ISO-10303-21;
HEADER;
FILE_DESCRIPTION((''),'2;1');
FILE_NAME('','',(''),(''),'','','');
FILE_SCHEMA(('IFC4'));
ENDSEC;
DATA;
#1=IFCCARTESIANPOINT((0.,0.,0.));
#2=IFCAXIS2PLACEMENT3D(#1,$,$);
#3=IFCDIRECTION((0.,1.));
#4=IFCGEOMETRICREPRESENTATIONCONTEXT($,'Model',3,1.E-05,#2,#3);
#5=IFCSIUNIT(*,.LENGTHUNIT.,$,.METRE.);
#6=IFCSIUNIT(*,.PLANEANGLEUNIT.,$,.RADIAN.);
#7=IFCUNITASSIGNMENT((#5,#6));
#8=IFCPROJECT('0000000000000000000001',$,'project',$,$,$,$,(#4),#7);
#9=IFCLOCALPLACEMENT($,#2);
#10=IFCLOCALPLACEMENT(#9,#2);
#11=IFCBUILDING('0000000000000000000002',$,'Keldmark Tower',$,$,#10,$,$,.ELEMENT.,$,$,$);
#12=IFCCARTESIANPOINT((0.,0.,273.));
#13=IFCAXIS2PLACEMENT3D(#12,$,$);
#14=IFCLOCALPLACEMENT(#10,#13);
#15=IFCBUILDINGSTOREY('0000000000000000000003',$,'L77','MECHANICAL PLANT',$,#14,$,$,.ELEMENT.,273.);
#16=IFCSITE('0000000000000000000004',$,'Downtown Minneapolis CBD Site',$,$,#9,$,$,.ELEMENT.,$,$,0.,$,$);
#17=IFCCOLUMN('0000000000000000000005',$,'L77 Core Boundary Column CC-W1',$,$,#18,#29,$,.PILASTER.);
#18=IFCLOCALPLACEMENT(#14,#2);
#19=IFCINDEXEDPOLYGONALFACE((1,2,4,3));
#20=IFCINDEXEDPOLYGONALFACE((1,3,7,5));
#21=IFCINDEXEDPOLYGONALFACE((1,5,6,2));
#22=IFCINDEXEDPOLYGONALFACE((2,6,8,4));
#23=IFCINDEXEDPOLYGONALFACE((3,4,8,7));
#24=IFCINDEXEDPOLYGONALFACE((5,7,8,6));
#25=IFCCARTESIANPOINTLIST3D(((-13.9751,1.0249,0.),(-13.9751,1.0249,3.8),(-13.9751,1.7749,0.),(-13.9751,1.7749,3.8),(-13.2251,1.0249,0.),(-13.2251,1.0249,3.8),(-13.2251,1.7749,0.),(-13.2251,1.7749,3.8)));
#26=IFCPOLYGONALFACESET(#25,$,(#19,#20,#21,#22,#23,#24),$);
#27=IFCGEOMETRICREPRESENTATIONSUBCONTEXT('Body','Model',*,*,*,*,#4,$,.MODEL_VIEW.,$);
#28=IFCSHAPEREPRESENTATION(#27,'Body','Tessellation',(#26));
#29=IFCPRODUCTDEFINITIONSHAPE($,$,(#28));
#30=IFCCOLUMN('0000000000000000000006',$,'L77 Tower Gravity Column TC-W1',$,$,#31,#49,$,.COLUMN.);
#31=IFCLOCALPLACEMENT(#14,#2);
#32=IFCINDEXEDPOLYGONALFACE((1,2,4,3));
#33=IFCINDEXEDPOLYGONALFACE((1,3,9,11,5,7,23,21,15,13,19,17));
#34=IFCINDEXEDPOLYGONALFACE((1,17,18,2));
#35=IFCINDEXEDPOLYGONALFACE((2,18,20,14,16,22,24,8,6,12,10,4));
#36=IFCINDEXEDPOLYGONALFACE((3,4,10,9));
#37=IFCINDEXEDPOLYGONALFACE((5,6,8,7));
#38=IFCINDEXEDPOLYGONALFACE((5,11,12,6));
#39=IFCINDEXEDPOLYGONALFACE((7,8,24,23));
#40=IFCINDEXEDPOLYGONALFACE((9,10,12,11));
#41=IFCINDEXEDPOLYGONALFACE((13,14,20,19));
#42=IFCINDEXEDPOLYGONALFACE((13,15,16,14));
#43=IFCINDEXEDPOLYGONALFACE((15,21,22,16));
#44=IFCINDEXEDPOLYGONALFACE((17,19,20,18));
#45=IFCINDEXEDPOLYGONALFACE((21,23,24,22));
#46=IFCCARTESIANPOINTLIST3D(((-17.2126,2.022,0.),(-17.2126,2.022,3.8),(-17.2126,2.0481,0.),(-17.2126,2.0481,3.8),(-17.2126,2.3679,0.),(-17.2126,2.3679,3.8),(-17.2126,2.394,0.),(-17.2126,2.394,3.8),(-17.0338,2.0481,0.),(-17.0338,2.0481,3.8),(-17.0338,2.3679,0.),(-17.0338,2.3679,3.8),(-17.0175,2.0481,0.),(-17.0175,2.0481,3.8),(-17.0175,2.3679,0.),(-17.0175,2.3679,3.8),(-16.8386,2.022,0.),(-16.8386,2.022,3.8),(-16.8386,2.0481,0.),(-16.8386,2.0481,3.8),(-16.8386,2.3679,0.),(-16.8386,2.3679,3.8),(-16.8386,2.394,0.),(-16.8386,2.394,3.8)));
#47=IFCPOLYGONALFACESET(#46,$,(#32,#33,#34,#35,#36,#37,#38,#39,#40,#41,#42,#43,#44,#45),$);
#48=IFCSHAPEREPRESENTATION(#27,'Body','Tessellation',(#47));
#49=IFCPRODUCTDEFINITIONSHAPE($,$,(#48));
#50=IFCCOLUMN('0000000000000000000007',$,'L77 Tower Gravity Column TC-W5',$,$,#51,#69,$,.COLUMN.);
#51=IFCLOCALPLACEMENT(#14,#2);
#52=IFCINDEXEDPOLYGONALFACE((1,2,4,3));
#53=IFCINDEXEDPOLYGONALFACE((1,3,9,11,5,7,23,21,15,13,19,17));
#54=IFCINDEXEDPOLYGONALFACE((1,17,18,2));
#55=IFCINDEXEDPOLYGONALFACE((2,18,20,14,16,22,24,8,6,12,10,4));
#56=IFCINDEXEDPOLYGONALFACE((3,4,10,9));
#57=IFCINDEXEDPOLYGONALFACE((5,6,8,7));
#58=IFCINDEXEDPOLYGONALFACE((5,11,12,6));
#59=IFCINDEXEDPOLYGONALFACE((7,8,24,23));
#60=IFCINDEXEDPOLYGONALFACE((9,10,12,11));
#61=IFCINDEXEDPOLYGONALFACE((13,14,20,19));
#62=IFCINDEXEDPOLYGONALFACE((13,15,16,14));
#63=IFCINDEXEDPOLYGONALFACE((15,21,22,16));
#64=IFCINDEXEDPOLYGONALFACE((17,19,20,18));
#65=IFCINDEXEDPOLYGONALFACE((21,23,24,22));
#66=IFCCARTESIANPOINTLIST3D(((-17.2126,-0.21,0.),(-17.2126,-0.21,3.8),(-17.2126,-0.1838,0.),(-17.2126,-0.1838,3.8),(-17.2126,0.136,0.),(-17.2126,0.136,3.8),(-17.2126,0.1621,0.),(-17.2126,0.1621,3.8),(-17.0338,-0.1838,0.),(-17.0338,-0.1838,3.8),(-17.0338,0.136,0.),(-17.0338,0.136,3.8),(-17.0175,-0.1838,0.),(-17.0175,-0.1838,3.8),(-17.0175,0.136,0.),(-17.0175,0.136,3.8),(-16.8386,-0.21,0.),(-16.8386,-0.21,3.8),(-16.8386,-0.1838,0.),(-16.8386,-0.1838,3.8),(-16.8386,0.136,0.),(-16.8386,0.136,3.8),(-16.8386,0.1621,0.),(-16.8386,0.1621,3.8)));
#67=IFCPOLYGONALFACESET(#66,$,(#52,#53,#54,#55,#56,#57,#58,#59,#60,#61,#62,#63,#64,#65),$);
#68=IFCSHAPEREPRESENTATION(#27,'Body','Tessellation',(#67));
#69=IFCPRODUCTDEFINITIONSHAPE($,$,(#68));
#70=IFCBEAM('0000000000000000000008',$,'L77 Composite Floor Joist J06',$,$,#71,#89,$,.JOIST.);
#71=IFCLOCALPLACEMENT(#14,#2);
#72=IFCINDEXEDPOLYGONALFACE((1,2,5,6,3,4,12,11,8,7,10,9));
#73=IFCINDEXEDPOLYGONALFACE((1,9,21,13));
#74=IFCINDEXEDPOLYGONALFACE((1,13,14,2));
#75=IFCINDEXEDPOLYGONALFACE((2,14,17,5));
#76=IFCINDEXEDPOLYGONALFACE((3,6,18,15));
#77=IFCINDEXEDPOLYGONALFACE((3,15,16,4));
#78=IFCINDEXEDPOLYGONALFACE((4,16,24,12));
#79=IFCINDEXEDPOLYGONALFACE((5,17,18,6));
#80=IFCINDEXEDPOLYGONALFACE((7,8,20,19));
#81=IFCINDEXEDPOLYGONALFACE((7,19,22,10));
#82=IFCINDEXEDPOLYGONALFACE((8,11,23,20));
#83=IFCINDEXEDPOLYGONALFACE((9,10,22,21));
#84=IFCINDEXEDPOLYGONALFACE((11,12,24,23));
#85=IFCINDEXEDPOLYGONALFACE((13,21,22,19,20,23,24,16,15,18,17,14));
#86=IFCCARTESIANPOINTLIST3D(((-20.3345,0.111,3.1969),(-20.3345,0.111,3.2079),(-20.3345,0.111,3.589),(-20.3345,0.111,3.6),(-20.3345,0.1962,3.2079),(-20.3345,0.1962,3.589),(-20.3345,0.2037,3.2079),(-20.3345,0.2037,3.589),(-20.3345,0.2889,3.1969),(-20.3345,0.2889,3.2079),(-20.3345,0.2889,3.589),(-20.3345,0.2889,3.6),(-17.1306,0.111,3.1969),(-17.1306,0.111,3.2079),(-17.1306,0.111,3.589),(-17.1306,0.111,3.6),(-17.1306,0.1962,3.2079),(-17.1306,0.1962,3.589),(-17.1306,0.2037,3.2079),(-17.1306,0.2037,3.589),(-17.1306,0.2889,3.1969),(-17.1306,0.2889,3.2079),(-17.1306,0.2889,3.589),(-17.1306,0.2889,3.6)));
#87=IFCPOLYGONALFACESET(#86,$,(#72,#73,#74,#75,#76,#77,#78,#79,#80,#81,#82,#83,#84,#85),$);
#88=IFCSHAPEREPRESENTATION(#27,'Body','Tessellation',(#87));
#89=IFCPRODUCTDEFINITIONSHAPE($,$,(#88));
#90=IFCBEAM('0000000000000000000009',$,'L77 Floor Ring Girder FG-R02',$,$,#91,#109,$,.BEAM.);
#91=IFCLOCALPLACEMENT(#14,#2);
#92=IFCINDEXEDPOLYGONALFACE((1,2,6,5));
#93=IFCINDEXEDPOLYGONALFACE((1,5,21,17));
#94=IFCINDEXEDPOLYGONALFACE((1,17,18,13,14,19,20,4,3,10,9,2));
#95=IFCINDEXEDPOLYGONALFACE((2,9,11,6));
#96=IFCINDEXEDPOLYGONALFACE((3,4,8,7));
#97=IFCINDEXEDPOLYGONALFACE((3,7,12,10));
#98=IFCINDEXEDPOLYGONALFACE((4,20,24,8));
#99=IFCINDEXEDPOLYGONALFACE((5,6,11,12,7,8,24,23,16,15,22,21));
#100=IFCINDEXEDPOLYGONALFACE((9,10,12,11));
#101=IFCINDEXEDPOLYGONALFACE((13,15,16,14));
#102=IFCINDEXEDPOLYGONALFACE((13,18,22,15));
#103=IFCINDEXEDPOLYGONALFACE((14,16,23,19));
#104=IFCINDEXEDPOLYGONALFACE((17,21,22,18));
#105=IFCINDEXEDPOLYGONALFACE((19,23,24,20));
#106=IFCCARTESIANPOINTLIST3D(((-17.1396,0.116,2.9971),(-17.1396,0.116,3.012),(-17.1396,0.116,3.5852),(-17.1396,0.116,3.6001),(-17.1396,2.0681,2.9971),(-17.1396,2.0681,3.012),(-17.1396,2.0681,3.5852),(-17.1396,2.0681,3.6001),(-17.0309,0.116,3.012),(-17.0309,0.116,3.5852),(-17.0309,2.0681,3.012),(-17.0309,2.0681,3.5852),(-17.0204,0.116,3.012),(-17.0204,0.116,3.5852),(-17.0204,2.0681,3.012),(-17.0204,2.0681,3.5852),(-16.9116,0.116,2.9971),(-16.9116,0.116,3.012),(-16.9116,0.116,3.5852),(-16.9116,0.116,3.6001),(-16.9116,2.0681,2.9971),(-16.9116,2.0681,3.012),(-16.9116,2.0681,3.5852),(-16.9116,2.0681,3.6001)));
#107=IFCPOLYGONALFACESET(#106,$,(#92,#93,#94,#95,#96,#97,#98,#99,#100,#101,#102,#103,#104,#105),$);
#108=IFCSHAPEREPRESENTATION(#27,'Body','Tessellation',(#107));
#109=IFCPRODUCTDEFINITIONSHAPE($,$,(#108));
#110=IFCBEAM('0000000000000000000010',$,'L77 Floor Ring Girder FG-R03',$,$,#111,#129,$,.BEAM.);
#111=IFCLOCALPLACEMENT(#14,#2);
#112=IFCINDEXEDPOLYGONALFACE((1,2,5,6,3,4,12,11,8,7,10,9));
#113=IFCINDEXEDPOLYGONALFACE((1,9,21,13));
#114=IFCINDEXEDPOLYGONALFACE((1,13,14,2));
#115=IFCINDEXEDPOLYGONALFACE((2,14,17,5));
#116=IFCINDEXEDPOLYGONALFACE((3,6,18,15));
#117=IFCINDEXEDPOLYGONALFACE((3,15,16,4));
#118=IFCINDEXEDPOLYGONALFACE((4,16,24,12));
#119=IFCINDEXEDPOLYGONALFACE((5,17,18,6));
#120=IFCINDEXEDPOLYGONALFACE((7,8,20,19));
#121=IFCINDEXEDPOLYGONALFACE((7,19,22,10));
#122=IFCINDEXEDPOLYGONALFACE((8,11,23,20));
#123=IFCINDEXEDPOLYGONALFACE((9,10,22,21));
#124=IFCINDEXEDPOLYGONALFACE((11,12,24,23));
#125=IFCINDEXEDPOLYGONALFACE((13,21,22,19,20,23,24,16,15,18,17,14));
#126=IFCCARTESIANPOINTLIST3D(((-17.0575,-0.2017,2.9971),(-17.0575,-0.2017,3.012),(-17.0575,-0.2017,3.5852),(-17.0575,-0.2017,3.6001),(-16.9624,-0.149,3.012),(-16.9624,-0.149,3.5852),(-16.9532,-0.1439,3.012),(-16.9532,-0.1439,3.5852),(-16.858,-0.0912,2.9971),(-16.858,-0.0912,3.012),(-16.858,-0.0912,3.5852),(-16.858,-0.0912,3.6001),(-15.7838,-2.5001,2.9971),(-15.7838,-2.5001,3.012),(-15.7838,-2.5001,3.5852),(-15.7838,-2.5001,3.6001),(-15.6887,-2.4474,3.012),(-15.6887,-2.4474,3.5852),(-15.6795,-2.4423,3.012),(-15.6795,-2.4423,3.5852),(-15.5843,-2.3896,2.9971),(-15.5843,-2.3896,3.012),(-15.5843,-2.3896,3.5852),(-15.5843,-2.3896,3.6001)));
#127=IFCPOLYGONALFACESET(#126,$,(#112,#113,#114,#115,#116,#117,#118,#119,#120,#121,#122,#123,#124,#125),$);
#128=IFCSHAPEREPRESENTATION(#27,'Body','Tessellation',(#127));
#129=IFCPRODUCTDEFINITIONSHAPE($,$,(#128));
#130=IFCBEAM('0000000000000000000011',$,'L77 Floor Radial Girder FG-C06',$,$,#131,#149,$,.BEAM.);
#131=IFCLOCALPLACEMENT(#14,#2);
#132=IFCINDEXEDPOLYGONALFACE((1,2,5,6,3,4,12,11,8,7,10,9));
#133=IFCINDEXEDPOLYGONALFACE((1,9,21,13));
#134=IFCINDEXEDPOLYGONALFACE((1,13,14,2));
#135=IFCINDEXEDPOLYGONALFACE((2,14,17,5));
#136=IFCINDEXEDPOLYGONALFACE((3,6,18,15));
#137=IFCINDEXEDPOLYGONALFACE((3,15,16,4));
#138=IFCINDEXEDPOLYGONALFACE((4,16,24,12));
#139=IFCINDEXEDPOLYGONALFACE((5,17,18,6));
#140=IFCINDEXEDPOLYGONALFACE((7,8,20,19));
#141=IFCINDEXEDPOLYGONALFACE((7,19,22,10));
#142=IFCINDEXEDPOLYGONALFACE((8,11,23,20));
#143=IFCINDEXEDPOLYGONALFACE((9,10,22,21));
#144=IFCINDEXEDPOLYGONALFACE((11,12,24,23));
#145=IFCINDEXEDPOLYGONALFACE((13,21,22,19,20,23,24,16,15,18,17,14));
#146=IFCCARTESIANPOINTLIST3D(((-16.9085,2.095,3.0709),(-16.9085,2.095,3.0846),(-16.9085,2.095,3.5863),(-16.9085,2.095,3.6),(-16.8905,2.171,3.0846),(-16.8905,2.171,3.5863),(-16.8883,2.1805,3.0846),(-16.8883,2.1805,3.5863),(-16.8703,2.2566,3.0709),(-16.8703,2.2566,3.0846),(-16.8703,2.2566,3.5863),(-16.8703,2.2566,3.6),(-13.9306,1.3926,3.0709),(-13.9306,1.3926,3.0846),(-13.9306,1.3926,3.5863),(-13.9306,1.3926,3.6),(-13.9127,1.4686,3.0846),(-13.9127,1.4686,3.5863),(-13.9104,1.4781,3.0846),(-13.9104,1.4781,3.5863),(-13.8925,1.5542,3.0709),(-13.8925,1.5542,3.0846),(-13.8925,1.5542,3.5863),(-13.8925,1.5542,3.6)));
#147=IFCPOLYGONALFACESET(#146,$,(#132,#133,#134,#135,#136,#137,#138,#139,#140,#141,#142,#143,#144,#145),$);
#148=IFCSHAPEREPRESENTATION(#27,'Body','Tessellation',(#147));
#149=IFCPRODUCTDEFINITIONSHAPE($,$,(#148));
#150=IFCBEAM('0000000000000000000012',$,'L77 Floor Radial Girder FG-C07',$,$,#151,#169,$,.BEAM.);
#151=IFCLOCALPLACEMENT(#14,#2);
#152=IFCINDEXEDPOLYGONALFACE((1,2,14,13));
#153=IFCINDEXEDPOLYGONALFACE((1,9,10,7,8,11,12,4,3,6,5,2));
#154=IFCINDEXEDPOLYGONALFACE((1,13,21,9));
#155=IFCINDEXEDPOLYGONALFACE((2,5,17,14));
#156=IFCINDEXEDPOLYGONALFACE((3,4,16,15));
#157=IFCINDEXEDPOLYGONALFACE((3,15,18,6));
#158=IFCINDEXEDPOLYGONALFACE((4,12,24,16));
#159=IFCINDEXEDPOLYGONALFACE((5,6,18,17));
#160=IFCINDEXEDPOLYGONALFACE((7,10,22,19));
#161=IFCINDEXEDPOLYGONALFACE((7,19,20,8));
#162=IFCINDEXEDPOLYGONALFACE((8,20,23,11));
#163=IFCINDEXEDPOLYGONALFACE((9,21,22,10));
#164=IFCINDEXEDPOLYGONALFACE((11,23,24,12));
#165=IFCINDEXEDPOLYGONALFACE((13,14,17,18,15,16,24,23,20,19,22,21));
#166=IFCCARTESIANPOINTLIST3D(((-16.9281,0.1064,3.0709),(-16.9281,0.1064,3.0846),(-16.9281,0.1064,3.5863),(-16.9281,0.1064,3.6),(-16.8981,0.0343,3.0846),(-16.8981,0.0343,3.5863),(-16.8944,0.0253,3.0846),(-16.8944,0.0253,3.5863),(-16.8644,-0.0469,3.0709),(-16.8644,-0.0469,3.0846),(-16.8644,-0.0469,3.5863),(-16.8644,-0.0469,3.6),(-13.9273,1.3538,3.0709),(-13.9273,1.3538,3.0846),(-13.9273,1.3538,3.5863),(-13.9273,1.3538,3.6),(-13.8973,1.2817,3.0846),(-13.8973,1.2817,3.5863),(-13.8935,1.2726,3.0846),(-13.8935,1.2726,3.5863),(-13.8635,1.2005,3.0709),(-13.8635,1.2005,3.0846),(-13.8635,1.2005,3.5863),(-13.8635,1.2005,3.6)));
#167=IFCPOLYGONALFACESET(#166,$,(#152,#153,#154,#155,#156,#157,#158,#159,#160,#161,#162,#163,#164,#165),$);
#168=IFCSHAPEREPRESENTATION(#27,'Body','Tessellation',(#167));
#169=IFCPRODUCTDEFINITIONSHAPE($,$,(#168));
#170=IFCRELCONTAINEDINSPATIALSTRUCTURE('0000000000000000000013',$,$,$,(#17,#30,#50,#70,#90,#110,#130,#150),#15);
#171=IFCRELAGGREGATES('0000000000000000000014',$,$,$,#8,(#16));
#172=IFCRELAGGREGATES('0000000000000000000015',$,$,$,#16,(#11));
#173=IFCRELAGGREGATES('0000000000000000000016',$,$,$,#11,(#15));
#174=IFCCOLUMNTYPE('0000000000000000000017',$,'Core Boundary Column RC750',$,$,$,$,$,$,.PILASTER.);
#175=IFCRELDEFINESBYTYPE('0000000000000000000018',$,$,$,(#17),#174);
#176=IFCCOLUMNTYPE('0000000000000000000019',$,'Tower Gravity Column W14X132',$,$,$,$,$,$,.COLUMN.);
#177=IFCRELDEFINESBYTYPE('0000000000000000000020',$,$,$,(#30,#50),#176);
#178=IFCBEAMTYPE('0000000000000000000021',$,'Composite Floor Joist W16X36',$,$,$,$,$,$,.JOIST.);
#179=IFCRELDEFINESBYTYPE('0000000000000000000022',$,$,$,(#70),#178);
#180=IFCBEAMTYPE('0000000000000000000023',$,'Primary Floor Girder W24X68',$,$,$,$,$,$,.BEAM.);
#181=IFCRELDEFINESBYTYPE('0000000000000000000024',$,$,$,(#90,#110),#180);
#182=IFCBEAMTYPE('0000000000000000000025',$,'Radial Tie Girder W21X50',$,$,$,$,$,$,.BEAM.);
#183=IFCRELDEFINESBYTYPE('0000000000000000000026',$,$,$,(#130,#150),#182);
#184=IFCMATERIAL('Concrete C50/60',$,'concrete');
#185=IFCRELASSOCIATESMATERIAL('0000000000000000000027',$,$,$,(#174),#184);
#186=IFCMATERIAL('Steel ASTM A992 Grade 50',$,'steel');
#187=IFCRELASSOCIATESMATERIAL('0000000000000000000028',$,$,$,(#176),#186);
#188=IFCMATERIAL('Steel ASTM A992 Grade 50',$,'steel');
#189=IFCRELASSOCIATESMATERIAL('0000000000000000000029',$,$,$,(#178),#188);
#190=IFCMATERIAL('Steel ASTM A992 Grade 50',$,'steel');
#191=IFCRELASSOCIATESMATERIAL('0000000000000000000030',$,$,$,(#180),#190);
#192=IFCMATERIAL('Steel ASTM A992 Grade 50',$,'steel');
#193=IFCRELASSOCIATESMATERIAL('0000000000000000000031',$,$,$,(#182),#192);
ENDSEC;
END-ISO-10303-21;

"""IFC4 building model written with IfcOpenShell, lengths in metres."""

from ifc_helpers import new_model, si_unit, direction, frame, origin, origin_2d, place, context, subcontext, project, spatial, rectangle, i_section, extrude, material, material_profile, profile_set, type_object, element, save


model = new_model("IFC4")

# Units and contexts
model_context = context("Model", 3, precision=1e-05, world=origin(), true_north=direction((0.0, 1.0)))
body_context = subcontext(model_context, "Body", "Model", "MODEL_VIEW")
ifc_project = project(units=[si_unit("LENGTHUNIT", "METRE"), si_unit("PLANEANGLEUNIT", "RADIAN")], contexts=[model_context])

# Site, building, storey
site_placement = place(None, origin())
site = spatial("IfcSite", under=ifc_project, at=site_placement, Name="Downtown Minneapolis CBD Site", CompositionType="ELEMENT", RefElevation=0.0)
building_placement = place(site_placement, origin())
building = spatial("IfcBuilding", under=site, at=building_placement, Name="Keldmark Tower", CompositionType="ELEMENT")
storey_placement = place(building_placement, frame((0.0, 0.0, 273.0)))
storey = spatial("IfcBuildingStorey", under=building, at=storey_placement, Name="L77", Description="MECHANICAL PLANT", CompositionType="ELEMENT", Elevation=273.0)

# Columns
ifc_material_1 = material(Name="Concrete C50/60", Category="concrete")
ifc_material_profile_1 = material_profile(ifc_material_1, rectangle(XDim=0.75, YDim=0.75, at=origin_2d()), Name="RC750X750")
ifc_profile_set_1 = profile_set([ifc_material_profile_1], Name="Concrete C50/60")
column_type_1 = type_object("IfcColumnType", Name="Core Boundary Column RC750", PredefinedType="PILASTER", material=ifc_profile_set_1)
column_placement = place(storey_placement, frame((-13.6001, 1.3999, 0.0), z_axis=(0.0, 0.0, 1.0), x_axis=(1.0, 0.0, 0.0)))
element("IfcColumn", 1, at=column_placement, inside=storey, type_object=column_type_1, Name="L77 Core Boundary Column CC-W1", PredefinedType="PILASTER", context=body_context, shape_type="SweptSolid", body=[
    extrude(rectangle(XDim=0.75, YDim=0.75, at=origin_2d()), origin(), (0.0, 0.0, 1.0), 3.8),
])
ifc_material_2 = material(Name="Steel ASTM A992 Grade 50", Category="steel")
ifc_material_profile_2 = material_profile(ifc_material_2, i_section(OverallWidth=0.374, OverallDepth=0.3721, WebThickness=0.0164, FlangeThickness=0.0261, at=origin_2d()), Name="W14X132")
ifc_profile_set_2 = profile_set([ifc_material_profile_2], Name="Steel ASTM A992 Grade 50")
column_type_2 = type_object("IfcColumnType", Name="Tower Gravity Column W14X132", PredefinedType="COLUMN", material=ifc_profile_set_2)
for number, where, z_axis, x_axis, name in (
    (2, (-17.0256, 2.208, 0.0), (0.0, 0.0, 1.0), (1.0, 0.0, 0.0), "L77 Tower Gravity Column TC-W1"),
    (3, (-17.0256, -0.0239, 0.0), (0.0, 0.0, 1.0), (1.0, 0.0, 0.0), "L77 Tower Gravity Column TC-W5"),
):
    element("IfcColumn", number, at=place(storey_placement, frame(where, z_axis=z_axis, x_axis=x_axis)), inside=storey, type_object=column_type_2, Name=name, PredefinedType="COLUMN", context=body_context, shape_type="SweptSolid", body=[
        extrude(i_section(OverallWidth=0.374, OverallDepth=0.3721, WebThickness=0.0164, FlangeThickness=0.0261, at=origin_2d()), origin(), (0.0, 0.0, 1.0), 3.8),
    ])

# Beams
ifc_material_3 = material(Name="Steel ASTM A992 Grade 50", Category="steel")
ifc_material_profile_3 = material_profile(ifc_material_3, i_section(OverallWidth=0.178, OverallDepth=0.4031, WebThickness=0.0076, FlangeThickness=0.011, at=origin_2d()), Name="W16X36")
ifc_profile_set_3 = profile_set([ifc_material_profile_3], Name="Steel ASTM A992 Grade 50")
beam_type_1 = type_object("IfcBeamType", Name="Composite Floor Joist W16X36", PredefinedType="JOIST", material=ifc_profile_set_3)
beam_1_placement = place(storey_placement, frame((-20.3345, 0.2, 3.3984), z_axis=(1.0, 0.0, 0.0), x_axis=(0.0, 1.0, 0.0)))
element("IfcBeam", 4, at=beam_1_placement, inside=storey, type_object=beam_type_1, Name="L77 Composite Floor Joist J06", PredefinedType="JOIST", context=body_context, shape_type="SweptSolid", body=[
    extrude(i_section(OverallWidth=0.178, OverallDepth=0.4031, WebThickness=0.0076, FlangeThickness=0.011, at=origin_2d()), origin(), (0.0, 0.0, 1.0), 3.2039),
])
ifc_material_4 = material(Name="Steel ASTM A992 Grade 50", Category="steel")
ifc_material_profile_4 = material_profile(ifc_material_4, i_section(OverallWidth=0.228, OverallDepth=0.603, WebThickness=0.0105, FlangeThickness=0.0149, at=origin_2d()), Name="W24X68")
ifc_profile_set_4 = profile_set([ifc_material_profile_4], Name="Steel ASTM A992 Grade 50")
beam_type_2 = type_object("IfcBeamType", Name="Primary Floor Girder W24X68", PredefinedType="BEAM", material=ifc_profile_set_4)
beam_2_placement = place(storey_placement, frame((-17.0256, 2.0681, 3.2986), z_axis=(0.0, -1.0, 0.0), x_axis=(1.0, 0.0, 0.0)))
element("IfcBeam", 5, at=beam_2_placement, inside=storey, type_object=beam_type_2, Name="L77 Floor Ring Girder FG-R02", PredefinedType="BEAM", context=body_context, shape_type="SweptSolid", body=[
    extrude(i_section(OverallWidth=0.228, OverallDepth=0.603, WebThickness=0.0105, FlangeThickness=0.0149, at=origin_2d()), origin(), (0.0, 0.0, 1.0), 1.9521),
])
beam_3_placement = place(storey_placement, frame((-16.9578, -0.1465, 3.2986), z_axis=(0.48472, -0.87467, 0.0), x_axis=(0.87467, 0.48472, 0.0)))
element("IfcBeam", 6, at=beam_3_placement, inside=storey, type_object=beam_type_2, Name="L77 Floor Ring Girder FG-R03", PredefinedType="BEAM", context=body_context, shape_type="SweptSolid", body=[
    extrude(i_section(OverallWidth=0.228, OverallDepth=0.603, WebThickness=0.0105, FlangeThickness=0.0149, at=origin_2d()), origin(), (0.0, 0.0, 1.0), 2.6277),
])
ifc_material_5 = material(Name="Steel ASTM A992 Grade 50", Category="steel")
ifc_material_profile_5 = material_profile(ifc_material_5, i_section(OverallWidth=0.166, OverallDepth=0.5291, WebThickness=0.0098, FlangeThickness=0.0137, at=origin_2d()), Name="W21X50")
ifc_profile_set_5 = profile_set([ifc_material_profile_5], Name="Steel ASTM A992 Grade 50")
beam_type_3 = type_object("IfcBeamType", Name="Radial Tie Girder W21X50", PredefinedType="BEAM", material=ifc_profile_set_5)
beam_4_placement = place(storey_placement, frame((-16.8894, 2.1758, 3.3354), z_axis=(0.97329, -0.229577, 0.0), x_axis=(0.229577, 0.97329, 0.0)))
element("IfcBeam", 7, at=beam_4_placement, inside=storey, type_object=beam_type_3, Name="L77 Floor Radial Girder FG-C06", PredefinedType="BEAM", context=body_context, shape_type="SweptSolid", body=[
    extrude(i_section(OverallWidth=0.166, OverallDepth=0.5291, WebThickness=0.0098, FlangeThickness=0.0137, at=origin_2d()), origin(), (0.0, 0.0, 1.0), 3.0596),
])
beam_5_placement = place(storey_placement, frame((-16.8962, 0.0298, 3.3354), z_axis=(0.923403, 0.383831, 0.0), x_axis=(-0.383831, 0.923403, 0.0)))
element("IfcBeam", 8, at=beam_5_placement, inside=storey, type_object=beam_type_3, Name="L77 Floor Radial Girder FG-C07", PredefinedType="BEAM", context=body_context, shape_type="SweptSolid", body=[
    extrude(i_section(OverallWidth=0.166, OverallDepth=0.5291, WebThickness=0.0098, FlangeThickness=0.0137, at=origin_2d()), origin(), (0.0, 0.0, 1.0), 3.2498),
])

save(model, "model.ifc")
